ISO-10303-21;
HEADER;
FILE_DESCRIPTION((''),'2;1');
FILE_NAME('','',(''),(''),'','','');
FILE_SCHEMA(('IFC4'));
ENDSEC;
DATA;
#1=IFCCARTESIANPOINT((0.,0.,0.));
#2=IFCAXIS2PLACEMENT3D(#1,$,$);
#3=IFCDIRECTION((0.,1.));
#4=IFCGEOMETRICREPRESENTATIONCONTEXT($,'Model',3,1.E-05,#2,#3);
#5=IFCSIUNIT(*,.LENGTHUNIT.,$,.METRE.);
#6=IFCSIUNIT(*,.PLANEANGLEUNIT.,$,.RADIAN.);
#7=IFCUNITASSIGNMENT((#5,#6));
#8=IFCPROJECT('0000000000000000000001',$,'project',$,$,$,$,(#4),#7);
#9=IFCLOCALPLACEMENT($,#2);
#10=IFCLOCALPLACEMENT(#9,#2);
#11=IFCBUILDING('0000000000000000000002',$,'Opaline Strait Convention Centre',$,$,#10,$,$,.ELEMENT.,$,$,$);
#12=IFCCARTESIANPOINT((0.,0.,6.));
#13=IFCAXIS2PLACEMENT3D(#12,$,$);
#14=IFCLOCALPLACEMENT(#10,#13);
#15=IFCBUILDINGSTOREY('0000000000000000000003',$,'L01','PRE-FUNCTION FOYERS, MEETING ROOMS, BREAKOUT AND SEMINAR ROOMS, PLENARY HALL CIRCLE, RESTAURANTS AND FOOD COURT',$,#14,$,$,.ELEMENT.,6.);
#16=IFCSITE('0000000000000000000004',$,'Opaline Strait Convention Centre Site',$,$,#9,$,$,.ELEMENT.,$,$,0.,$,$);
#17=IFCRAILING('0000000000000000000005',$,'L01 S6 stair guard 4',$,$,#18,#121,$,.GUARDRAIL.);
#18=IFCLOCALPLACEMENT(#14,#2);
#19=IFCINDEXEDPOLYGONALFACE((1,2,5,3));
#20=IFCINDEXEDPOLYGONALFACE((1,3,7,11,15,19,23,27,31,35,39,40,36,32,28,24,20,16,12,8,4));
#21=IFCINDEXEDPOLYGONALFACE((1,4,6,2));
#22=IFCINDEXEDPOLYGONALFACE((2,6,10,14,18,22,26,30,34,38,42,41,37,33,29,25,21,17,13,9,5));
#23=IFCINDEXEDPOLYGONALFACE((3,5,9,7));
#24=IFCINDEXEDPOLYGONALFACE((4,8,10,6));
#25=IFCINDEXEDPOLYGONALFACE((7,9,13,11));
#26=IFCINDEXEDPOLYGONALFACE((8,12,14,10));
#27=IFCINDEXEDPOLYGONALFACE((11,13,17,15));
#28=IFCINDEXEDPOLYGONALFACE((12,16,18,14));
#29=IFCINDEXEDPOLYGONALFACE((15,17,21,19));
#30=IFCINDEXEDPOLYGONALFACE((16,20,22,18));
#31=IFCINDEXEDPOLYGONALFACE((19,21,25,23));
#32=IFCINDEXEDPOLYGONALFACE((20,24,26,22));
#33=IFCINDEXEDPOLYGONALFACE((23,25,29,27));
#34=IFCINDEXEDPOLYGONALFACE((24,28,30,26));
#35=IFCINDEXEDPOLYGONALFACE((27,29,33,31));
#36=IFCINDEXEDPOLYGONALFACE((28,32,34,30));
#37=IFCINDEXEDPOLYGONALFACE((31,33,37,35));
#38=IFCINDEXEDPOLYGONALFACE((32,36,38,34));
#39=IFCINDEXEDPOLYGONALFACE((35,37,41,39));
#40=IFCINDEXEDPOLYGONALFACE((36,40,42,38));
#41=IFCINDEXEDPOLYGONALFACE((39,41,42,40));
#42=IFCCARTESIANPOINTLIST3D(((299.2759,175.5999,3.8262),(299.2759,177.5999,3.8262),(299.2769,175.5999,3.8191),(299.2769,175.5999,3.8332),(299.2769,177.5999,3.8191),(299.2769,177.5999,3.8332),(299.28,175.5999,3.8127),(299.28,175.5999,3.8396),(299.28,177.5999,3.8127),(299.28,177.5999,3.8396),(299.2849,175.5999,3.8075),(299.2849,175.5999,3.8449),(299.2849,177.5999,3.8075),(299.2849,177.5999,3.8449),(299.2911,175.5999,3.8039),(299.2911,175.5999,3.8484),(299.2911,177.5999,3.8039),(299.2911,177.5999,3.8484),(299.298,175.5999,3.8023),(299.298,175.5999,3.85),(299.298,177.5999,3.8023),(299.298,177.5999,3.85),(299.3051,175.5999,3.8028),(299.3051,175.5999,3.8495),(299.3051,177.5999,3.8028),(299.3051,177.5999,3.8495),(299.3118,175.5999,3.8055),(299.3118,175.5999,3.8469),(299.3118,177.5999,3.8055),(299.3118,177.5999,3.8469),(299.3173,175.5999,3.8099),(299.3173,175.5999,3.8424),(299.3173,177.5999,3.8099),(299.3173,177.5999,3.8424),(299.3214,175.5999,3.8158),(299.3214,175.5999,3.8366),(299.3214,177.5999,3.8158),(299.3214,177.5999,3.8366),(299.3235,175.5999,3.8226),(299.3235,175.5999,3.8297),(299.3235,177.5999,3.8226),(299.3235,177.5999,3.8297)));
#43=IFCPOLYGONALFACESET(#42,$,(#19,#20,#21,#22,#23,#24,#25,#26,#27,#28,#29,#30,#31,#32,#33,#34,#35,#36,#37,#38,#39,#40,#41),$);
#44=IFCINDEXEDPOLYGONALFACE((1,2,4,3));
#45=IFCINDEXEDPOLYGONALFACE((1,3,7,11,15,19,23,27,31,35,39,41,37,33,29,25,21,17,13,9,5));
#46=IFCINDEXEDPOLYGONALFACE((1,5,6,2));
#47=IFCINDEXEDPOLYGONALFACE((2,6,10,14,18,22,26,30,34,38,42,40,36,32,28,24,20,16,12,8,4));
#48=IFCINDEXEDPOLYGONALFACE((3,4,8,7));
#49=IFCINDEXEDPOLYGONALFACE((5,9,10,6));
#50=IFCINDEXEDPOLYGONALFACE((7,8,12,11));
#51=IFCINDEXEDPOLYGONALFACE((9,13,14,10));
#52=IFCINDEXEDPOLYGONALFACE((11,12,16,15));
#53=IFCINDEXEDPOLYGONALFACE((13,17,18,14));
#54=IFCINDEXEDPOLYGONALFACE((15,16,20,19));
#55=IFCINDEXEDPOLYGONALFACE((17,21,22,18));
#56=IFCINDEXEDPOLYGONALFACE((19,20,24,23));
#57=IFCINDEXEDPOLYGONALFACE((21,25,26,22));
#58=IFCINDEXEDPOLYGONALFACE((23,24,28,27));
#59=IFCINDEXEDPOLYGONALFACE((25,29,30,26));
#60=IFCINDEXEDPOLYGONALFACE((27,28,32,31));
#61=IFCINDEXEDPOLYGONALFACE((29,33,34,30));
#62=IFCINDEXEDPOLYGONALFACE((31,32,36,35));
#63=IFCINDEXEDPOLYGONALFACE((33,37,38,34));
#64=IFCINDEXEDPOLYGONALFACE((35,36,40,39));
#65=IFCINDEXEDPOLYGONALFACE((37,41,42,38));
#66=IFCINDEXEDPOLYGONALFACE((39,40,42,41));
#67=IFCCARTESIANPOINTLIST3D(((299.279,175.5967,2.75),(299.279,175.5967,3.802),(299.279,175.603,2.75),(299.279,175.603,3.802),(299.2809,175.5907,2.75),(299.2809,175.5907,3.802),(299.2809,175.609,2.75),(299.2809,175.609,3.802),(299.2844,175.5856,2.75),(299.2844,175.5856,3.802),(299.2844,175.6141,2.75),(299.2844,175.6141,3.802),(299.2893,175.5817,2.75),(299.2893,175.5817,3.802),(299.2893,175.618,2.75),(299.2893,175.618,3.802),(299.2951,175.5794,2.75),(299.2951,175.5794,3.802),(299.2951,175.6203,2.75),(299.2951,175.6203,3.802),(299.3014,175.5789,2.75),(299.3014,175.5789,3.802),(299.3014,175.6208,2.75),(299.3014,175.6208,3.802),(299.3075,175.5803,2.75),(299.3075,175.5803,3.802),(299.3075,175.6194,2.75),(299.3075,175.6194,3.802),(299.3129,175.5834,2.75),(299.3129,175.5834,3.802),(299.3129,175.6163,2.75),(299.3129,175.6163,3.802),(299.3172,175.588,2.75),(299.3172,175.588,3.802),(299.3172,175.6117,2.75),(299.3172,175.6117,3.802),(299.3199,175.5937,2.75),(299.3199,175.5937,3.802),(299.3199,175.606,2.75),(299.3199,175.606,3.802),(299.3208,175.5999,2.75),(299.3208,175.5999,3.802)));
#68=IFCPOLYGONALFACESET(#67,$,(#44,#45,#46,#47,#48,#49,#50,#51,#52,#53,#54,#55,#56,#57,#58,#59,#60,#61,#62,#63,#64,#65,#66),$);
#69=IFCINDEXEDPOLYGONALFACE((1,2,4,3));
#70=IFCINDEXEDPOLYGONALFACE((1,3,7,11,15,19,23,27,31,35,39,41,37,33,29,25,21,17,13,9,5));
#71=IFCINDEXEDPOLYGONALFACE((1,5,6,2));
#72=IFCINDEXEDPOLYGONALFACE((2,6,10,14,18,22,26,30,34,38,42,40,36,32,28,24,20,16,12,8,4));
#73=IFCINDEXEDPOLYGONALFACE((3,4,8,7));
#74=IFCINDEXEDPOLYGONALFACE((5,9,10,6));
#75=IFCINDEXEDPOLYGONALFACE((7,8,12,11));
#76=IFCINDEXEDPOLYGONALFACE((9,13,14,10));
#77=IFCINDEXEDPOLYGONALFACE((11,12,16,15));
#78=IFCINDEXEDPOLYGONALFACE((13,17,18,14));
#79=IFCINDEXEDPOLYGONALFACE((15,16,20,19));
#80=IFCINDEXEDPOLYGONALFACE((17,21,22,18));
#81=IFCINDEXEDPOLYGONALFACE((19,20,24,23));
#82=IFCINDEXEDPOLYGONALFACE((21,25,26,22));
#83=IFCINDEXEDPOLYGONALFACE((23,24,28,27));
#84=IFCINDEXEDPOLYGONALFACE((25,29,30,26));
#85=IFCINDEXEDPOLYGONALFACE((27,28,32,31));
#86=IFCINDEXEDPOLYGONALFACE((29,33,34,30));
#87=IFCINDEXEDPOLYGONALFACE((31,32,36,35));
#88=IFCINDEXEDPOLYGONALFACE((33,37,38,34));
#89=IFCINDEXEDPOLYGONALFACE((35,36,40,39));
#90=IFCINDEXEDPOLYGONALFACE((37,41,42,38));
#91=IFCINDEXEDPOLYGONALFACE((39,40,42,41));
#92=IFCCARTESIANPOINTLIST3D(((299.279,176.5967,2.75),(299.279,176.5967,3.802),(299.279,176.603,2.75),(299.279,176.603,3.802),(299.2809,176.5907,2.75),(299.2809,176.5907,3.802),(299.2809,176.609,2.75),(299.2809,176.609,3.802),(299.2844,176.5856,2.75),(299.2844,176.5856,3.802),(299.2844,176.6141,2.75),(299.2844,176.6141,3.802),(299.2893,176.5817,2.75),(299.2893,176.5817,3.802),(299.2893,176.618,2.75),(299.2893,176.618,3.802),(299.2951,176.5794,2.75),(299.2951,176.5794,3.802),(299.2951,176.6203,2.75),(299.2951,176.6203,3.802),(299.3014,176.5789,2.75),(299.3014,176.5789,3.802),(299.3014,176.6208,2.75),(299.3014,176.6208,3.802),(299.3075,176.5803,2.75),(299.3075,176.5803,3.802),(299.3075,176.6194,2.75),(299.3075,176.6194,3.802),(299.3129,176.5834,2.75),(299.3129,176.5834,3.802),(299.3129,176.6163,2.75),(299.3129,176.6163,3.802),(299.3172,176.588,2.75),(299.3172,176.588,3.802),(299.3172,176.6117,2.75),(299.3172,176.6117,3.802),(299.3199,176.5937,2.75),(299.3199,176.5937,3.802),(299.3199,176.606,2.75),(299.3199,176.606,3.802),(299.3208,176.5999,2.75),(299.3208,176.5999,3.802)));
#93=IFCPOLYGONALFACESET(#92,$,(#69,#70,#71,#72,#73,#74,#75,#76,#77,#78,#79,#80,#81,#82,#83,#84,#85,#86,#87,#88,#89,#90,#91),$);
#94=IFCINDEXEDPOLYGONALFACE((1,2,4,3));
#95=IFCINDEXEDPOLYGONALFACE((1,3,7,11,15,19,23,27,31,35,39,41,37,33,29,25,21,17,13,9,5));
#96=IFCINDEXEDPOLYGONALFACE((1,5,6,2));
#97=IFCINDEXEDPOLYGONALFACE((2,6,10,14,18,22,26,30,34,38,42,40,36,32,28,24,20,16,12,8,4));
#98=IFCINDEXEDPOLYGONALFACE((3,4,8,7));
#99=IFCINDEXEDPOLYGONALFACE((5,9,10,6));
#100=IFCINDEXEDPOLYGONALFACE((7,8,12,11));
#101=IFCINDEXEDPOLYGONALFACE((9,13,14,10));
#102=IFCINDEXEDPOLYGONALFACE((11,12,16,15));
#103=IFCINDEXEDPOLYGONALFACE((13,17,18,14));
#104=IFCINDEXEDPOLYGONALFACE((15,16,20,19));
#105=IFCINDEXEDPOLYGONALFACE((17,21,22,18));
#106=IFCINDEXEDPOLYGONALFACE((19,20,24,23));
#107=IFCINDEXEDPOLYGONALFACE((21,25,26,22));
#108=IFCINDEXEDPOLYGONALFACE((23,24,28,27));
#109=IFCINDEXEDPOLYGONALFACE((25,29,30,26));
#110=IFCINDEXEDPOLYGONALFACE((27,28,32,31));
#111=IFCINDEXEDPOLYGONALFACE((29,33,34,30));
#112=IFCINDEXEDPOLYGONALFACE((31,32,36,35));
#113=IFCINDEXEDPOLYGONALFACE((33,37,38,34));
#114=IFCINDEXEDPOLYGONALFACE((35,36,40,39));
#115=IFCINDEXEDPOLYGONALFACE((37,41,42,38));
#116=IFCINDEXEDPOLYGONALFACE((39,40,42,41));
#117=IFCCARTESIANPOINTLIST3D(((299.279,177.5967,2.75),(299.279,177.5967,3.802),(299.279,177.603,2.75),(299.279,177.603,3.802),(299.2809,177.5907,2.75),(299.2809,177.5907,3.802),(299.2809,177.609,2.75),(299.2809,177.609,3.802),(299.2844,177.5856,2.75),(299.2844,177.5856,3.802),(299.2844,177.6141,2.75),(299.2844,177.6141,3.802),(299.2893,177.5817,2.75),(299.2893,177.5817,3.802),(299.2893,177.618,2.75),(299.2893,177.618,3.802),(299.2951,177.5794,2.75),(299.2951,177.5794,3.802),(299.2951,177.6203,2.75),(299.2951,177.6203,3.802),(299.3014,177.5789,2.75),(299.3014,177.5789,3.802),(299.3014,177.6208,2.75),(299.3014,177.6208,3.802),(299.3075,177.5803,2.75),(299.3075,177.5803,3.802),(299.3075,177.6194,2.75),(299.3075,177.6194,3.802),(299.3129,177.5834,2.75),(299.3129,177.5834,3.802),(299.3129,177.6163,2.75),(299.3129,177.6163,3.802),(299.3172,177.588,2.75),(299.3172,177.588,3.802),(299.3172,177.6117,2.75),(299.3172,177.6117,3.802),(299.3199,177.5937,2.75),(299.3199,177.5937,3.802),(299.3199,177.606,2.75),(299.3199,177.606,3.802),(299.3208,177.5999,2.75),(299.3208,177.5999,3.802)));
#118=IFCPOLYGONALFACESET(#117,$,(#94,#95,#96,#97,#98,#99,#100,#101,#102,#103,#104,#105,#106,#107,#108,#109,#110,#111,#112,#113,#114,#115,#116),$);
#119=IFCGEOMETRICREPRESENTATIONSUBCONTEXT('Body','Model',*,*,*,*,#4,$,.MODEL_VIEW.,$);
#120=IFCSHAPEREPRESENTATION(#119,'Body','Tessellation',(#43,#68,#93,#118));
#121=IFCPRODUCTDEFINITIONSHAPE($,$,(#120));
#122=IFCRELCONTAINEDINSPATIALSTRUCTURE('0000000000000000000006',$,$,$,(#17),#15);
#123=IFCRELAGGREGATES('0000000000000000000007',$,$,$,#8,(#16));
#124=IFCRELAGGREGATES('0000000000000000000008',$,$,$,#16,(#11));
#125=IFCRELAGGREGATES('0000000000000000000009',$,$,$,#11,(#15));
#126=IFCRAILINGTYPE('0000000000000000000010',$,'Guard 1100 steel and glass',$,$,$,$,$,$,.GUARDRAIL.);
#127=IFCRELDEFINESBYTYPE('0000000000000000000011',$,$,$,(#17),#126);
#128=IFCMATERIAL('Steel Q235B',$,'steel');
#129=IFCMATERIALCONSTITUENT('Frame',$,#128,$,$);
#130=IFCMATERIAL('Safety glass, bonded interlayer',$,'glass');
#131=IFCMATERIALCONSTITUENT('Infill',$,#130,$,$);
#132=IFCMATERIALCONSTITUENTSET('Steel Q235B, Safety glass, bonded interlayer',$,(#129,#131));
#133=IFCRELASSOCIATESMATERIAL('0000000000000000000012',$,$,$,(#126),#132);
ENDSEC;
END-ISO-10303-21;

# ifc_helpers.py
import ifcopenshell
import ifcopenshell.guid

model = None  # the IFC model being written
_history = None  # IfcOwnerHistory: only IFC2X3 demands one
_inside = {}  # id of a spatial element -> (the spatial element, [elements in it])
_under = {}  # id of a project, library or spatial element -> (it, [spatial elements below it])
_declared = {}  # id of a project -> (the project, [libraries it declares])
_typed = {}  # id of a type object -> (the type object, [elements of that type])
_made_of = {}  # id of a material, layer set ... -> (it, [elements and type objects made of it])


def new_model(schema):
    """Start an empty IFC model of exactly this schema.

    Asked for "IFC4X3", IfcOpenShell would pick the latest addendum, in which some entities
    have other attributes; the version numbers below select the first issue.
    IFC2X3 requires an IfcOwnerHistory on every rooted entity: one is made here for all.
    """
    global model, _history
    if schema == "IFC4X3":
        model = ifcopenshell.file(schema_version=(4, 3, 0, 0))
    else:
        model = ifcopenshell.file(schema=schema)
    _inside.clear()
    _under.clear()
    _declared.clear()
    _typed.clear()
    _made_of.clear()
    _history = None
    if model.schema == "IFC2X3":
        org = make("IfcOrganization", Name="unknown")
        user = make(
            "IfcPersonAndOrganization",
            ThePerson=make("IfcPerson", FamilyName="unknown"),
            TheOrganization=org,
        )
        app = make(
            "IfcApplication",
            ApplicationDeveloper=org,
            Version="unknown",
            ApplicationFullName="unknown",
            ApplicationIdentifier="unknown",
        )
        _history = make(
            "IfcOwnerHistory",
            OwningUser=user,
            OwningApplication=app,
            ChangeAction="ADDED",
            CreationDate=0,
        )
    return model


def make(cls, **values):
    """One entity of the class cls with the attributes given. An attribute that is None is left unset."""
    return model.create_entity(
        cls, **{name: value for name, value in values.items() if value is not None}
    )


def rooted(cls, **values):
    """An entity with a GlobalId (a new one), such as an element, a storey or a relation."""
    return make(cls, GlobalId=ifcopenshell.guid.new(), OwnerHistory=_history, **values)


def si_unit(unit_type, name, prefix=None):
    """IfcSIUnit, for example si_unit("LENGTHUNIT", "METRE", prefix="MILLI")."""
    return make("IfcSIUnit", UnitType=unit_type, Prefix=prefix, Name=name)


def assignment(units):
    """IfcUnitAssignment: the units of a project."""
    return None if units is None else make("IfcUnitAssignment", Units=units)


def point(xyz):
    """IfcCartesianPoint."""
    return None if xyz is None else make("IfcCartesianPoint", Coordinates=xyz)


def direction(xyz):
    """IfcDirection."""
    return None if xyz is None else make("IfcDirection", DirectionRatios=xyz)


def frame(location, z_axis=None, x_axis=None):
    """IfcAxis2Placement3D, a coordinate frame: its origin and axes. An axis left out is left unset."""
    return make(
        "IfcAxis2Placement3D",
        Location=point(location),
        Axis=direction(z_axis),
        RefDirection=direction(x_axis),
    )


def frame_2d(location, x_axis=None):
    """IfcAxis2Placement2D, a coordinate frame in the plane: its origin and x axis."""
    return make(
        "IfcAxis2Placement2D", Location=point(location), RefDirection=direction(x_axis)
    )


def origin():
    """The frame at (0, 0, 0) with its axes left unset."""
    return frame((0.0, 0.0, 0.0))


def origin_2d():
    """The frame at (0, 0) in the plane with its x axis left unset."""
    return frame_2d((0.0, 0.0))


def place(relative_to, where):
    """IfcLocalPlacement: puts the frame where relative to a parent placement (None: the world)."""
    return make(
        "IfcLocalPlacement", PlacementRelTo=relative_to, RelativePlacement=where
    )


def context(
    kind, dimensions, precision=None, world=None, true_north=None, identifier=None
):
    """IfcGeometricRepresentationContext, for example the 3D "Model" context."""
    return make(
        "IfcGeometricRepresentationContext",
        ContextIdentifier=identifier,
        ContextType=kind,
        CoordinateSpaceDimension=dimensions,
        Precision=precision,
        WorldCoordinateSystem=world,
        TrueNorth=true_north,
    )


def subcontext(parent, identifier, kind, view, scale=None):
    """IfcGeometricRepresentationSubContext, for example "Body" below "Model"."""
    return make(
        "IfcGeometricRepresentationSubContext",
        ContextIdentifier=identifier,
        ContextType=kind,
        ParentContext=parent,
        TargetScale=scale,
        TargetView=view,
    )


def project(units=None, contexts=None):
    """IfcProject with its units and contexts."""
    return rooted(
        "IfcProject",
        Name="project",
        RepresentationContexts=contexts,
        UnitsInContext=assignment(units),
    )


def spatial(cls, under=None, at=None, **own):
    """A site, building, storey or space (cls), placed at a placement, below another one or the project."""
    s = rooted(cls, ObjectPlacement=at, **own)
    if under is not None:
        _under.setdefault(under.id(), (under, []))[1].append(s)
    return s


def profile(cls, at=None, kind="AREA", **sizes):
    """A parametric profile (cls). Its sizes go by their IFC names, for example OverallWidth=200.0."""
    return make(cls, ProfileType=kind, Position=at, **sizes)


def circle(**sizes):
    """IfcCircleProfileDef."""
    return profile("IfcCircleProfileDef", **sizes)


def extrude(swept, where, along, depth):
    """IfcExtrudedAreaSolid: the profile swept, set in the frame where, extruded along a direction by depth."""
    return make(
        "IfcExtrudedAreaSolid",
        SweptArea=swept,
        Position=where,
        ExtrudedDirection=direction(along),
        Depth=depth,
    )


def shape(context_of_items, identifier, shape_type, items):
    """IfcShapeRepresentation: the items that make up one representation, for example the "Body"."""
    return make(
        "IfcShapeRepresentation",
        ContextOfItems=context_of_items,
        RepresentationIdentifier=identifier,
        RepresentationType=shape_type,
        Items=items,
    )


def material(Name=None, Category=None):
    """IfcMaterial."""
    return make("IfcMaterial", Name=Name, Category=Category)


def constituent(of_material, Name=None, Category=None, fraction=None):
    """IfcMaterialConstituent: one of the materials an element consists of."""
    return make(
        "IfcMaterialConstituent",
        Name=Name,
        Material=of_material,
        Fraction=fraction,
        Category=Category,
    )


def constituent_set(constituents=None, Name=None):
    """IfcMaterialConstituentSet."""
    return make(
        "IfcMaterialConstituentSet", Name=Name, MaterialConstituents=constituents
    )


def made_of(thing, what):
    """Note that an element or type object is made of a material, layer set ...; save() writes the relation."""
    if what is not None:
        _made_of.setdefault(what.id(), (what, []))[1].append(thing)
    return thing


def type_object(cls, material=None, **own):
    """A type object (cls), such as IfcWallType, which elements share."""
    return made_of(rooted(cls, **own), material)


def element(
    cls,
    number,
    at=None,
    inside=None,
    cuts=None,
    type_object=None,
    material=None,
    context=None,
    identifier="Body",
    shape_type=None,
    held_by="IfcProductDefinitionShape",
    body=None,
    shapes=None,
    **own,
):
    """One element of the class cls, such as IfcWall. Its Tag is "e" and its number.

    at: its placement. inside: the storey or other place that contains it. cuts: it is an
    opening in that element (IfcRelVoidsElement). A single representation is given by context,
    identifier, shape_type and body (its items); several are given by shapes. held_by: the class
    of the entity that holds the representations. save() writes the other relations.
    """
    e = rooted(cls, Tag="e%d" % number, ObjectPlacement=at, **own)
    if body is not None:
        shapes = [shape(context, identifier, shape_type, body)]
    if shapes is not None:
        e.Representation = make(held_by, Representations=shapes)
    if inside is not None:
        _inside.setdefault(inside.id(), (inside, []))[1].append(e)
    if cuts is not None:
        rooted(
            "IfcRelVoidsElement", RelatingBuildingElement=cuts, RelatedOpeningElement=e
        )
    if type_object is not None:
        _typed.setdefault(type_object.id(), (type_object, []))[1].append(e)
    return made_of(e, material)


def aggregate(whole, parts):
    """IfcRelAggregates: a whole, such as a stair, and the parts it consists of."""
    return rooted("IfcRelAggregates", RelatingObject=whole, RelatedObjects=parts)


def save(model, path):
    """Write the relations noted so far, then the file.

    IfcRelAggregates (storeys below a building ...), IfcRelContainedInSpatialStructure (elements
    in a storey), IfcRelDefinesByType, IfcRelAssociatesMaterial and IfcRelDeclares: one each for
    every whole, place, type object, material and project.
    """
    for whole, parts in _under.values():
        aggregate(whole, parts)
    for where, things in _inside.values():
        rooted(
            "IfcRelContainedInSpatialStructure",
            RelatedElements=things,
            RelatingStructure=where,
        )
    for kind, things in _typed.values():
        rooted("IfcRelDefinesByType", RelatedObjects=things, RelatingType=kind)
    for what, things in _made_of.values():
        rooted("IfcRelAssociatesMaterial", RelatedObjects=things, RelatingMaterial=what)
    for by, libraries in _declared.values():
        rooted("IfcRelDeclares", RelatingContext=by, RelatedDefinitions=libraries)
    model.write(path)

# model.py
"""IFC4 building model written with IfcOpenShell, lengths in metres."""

from ifc_helpers import new_model, si_unit, direction, frame, origin, origin_2d, place, context, subcontext, project, spatial, circle, extrude, material, constituent, constituent_set, type_object, element, save


model = new_model("IFC4")

# Units and contexts
model_context = context("Model", 3, precision=1e-05, world=origin(), true_north=direction((0.0, 1.0)))
body_context = subcontext(model_context, "Body", "Model", "MODEL_VIEW")
ifc_project = project(units=[si_unit("LENGTHUNIT", "METRE"), si_unit("PLANEANGLEUNIT", "RADIAN")], contexts=[model_context])

# Site, building, storey
site_placement = place(None, origin())
site = spatial("IfcSite", under=ifc_project, at=site_placement, Name="Opaline Strait Convention Centre Site", CompositionType="ELEMENT", RefElevation=0.0)
building_placement = place(site_placement, origin())
building = spatial("IfcBuilding", under=site, at=building_placement, Name="Opaline Strait Convention Centre", CompositionType="ELEMENT")
storey_placement = place(building_placement, frame((0.0, 0.0, 6.0)))
storey = spatial("IfcBuildingStorey", under=building, at=storey_placement, Name="L01", Description="PRE-FUNCTION FOYERS, MEETING ROOMS, BREAKOUT AND SEMINAR ROOMS, PLENARY HALL CIRCLE, RESTAURANTS AND FOOD COURT", CompositionType="ELEMENT", Elevation=6.0)

# Railing
ifc_material_1 = material(Name="Steel Q235B", Category="steel")
ifc_constituent_1 = constituent(ifc_material_1, Name="Frame")
ifc_material_2 = material(Name="Safety glass, bonded interlayer", Category="glass")
ifc_constituent_2 = constituent(ifc_material_2, Name="Infill")
ifc_constituent_set = constituent_set(constituents=[ifc_constituent_1, ifc_constituent_2], Name="Steel Q235B, Safety glass, bonded interlayer")
railing_type_1 = type_object("IfcRailingType", Name="Guard 1100 steel and glass", PredefinedType="GUARDRAIL", material=ifc_constituent_set)
railing_1_placement = place(storey_placement, frame((299.2998, 175.5999, 2.75)))
element("IfcRailing", 1, at=railing_1_placement, inside=storey, type_object=railing_type_1, Name="L01 S6 stair guard 4", PredefinedType="GUARDRAIL", context=body_context, shape_type="SweptSolid", body=[
    extrude(circle(Radius=0.0239, at=origin_2d()), frame((0.0, 0.0, 1.0762), z_axis=(0.0, 1.0, 0.0), x_axis=(-1.0, 0.0, 0.0)), (0.0, 0.0, 1.0), 2.0),
    extrude(circle(Radius=0.021, at=origin_2d()), origin(), (0.0, 0.0, 1.0), 1.052),
    extrude(circle(Radius=0.021, at=origin_2d()), frame((0.0, 1.0, 0.0)), (0.0, 0.0, 1.0), 1.052),
    extrude(circle(Radius=0.021, at=origin_2d()), frame((0.0, 2.0, 0.0)), (0.0, 0.0, 1.0), 1.052),
])

save(model, "model.ifc")
